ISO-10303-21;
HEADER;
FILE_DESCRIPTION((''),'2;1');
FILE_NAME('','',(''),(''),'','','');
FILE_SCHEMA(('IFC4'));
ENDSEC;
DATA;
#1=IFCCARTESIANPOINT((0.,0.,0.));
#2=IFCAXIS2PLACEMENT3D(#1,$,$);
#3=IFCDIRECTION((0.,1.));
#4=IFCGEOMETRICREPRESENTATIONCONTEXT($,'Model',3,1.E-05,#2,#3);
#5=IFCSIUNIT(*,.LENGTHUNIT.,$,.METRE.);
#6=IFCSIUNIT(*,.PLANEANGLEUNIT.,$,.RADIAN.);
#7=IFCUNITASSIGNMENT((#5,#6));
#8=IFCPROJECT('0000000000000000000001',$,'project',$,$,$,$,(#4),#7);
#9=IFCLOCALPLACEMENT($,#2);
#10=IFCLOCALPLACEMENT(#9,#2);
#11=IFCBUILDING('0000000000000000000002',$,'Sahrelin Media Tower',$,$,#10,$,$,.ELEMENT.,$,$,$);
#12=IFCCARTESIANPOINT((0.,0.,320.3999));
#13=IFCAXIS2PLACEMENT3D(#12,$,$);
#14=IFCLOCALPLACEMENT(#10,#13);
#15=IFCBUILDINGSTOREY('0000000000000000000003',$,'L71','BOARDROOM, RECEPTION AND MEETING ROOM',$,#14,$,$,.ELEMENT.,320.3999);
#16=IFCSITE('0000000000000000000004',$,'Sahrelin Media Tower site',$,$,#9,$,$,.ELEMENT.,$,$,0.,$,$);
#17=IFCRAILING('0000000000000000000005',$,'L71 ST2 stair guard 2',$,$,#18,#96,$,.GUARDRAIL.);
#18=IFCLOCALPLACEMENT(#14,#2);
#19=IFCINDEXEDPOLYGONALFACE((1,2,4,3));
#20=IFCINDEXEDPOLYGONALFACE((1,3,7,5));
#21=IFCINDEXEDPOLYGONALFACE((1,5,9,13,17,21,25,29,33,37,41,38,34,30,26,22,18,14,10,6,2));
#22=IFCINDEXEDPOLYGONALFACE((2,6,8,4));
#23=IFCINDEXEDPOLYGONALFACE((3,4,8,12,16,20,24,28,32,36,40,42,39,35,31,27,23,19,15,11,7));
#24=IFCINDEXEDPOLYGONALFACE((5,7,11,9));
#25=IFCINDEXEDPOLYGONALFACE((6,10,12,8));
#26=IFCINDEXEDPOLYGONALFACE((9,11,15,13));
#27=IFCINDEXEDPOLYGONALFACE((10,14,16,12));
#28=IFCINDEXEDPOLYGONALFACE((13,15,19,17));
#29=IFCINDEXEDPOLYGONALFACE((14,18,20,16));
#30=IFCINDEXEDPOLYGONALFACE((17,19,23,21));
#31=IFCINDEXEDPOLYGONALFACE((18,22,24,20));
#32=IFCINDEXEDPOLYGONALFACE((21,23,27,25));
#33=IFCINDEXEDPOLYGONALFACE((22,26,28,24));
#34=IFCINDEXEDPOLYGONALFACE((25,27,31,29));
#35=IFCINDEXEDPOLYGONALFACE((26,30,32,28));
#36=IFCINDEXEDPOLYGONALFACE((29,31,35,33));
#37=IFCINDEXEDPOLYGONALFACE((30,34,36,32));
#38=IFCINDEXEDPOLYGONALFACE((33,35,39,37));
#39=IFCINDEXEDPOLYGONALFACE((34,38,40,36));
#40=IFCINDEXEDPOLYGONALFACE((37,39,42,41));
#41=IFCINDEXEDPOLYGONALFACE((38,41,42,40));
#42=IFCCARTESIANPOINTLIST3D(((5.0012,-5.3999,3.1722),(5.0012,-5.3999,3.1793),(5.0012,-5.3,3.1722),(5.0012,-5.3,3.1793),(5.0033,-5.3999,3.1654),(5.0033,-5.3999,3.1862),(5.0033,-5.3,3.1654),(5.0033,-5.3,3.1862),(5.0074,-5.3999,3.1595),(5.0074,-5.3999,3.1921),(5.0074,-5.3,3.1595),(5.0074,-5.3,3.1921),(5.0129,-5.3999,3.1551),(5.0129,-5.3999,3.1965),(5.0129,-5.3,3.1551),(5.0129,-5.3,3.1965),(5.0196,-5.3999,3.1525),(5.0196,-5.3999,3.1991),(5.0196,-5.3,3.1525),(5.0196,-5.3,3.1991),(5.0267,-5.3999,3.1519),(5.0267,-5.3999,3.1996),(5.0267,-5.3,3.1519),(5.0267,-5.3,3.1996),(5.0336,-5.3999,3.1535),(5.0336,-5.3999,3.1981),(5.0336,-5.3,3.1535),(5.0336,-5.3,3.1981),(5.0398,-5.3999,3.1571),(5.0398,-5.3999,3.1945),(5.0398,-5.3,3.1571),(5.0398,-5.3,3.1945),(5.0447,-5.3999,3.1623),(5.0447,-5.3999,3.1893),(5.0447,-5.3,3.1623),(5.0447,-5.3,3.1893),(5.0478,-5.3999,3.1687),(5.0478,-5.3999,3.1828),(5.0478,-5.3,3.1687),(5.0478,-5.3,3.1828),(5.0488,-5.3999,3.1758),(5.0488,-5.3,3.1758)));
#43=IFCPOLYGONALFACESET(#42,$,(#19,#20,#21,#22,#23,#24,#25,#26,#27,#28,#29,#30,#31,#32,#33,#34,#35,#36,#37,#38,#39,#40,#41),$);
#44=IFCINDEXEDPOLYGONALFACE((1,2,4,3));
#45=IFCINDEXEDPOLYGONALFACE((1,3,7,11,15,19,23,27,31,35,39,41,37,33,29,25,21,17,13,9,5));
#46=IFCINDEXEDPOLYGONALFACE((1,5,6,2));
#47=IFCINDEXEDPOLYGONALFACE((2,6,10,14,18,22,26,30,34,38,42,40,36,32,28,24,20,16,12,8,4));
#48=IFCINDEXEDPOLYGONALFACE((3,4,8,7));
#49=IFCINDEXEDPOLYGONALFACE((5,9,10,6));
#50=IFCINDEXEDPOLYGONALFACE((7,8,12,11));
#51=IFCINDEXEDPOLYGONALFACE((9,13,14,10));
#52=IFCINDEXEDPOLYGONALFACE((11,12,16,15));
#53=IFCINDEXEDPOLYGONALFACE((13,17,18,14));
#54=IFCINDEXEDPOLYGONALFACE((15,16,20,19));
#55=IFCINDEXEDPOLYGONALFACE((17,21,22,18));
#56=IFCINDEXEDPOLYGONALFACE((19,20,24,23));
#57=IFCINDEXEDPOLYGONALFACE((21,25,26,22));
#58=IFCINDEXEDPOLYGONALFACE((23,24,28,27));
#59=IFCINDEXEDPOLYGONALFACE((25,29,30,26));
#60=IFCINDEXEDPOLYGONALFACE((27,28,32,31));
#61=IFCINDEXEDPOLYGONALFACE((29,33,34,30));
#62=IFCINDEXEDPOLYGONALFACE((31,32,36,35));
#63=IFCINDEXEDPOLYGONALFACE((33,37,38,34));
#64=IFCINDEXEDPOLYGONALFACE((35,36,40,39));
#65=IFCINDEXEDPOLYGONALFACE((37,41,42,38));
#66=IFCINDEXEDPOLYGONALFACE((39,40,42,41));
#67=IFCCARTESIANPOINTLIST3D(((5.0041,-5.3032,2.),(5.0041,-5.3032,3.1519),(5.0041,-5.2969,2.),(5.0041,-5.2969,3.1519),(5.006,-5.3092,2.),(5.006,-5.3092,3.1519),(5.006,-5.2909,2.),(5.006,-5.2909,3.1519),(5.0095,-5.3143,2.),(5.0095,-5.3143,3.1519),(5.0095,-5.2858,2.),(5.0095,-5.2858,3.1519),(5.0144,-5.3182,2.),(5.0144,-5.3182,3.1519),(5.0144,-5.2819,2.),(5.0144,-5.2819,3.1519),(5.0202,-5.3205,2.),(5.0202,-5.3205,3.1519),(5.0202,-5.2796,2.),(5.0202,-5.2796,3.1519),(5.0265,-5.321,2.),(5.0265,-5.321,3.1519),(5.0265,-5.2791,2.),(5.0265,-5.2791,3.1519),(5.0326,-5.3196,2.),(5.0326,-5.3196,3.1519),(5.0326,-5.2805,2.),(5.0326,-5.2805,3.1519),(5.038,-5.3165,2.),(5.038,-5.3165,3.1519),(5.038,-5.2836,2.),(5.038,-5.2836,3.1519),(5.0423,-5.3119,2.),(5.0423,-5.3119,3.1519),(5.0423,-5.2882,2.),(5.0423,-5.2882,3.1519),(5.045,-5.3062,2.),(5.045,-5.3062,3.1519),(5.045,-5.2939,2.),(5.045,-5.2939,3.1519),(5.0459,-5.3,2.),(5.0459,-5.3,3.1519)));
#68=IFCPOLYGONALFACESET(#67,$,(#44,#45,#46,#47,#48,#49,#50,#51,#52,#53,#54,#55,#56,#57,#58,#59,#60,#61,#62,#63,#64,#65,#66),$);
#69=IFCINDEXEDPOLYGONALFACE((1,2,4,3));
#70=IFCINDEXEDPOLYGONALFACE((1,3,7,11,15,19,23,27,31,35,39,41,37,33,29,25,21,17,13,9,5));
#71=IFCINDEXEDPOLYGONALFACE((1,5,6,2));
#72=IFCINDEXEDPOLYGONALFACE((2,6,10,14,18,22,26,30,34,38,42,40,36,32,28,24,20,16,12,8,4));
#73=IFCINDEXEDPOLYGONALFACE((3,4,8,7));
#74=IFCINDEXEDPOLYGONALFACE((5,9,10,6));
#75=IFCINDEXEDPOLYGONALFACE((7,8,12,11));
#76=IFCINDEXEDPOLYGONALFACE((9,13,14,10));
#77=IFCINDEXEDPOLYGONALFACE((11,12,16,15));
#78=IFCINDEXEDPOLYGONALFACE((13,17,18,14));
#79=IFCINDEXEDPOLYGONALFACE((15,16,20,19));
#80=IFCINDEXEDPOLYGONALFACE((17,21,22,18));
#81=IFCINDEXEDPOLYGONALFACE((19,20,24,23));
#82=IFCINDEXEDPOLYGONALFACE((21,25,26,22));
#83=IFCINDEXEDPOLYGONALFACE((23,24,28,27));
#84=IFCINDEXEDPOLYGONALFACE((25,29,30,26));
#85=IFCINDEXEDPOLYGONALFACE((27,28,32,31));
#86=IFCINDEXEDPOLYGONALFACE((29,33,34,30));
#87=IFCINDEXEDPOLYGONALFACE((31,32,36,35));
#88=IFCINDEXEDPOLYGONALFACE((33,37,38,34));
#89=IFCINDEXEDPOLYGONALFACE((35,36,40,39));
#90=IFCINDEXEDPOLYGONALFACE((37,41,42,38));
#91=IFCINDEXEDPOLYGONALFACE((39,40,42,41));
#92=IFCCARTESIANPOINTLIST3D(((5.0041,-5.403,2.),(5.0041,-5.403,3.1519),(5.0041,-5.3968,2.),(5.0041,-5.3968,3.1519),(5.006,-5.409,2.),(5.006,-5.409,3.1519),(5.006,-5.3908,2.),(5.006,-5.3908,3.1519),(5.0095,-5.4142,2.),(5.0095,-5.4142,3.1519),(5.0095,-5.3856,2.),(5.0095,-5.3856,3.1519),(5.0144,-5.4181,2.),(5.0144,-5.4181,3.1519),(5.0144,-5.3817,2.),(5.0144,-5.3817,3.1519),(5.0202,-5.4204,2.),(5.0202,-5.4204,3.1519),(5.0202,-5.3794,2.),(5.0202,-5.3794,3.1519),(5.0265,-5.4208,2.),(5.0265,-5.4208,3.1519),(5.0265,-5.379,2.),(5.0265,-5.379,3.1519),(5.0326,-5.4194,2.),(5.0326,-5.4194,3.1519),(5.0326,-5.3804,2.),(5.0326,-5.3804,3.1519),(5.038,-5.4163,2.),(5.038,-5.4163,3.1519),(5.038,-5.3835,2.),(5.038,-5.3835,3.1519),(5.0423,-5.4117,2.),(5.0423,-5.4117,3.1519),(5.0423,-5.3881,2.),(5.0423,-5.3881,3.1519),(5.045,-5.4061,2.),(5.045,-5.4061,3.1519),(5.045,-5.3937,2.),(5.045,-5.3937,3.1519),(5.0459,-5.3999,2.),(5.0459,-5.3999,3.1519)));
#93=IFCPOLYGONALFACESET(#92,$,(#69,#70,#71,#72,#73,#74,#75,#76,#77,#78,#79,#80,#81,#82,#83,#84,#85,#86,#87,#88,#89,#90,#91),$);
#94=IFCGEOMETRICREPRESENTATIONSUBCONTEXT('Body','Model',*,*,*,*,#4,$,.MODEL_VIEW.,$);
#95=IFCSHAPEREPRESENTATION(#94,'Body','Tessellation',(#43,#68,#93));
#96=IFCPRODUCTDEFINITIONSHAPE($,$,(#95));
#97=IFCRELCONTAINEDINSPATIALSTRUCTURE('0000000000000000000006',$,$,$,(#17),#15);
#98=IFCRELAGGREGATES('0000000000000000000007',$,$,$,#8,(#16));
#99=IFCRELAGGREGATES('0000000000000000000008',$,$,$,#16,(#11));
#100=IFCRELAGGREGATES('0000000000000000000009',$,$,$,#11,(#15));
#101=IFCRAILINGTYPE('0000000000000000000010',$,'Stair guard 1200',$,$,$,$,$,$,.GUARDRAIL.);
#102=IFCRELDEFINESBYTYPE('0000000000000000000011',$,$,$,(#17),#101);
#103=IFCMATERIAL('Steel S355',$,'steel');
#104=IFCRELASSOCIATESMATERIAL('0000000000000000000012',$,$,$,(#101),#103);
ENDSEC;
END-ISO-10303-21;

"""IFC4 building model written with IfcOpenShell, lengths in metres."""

from ifc_helpers import new_model, si_unit, direction, frame, origin, origin_2d, place, context, subcontext, project, spatial, circle, extrude, material, type_object, element, save


model = new_model("IFC4")

# Units and contexts
model_context = context("Model", 3, precision=1e-05, world=origin(), true_north=direction((0.0, 1.0)))
body_context = subcontext(model_context, "Body", "Model", "MODEL_VIEW")
ifc_project = project(units=[si_unit("LENGTHUNIT", "METRE"), si_unit("PLANEANGLEUNIT", "RADIAN")], contexts=[model_context])

# Site, building, storey
site_placement = place(None, origin())
site = spatial("IfcSite", under=ifc_project, at=site_placement, Name="Sahrelin Media Tower site", CompositionType="ELEMENT", RefElevation=0.0)
building_placement = place(site_placement, origin())
building = spatial("IfcBuilding", under=site, at=building_placement, Name="Sahrelin Media Tower", CompositionType="ELEMENT")
storey_placement = place(building_placement, frame((0.0, 0.0, 320.3999)))
storey = spatial("IfcBuildingStorey", under=building, at=storey_placement, Name="L71", Description="BOARDROOM, RECEPTION AND MEETING ROOM", CompositionType="ELEMENT", Elevation=320.3999)

# Shared definitions
ifc_material_1 = material(Name="Steel S355", Category="steel")

# Railing
railing_type_1 = type_object("IfcRailingType", Name="Stair guard 1200", PredefinedType="GUARDRAIL", material=ifc_material_1)
railing_1_placement = place(storey_placement, frame((5.0249, -5.3, 2.0)))
element("IfcRailing", 1, at=railing_1_placement, inside=storey, type_object=railing_type_1, Name="L71 ST2 stair guard 2", PredefinedType="GUARDRAIL", context=body_context, shape_type="SweptSolid", body=[
    extrude(circle(Radius=0.0239, at=origin_2d()), frame((0.0, 0.0, 1.1758), z_axis=(0.0, -1.0, 0.0), x_axis=(1.0, 0.0, 0.0)), (0.0, 0.0, 1.0), 0.0999),
    extrude(circle(Radius=0.021, at=origin_2d()), origin(), (0.0, 0.0, 1.0), 1.1519),
    extrude(circle(Radius=0.021, at=origin_2d()), frame((0.0, -0.0999, 0.0)), (0.0, 0.0, 1.0), 1.1519),
])

save(model, "model.ifc")
